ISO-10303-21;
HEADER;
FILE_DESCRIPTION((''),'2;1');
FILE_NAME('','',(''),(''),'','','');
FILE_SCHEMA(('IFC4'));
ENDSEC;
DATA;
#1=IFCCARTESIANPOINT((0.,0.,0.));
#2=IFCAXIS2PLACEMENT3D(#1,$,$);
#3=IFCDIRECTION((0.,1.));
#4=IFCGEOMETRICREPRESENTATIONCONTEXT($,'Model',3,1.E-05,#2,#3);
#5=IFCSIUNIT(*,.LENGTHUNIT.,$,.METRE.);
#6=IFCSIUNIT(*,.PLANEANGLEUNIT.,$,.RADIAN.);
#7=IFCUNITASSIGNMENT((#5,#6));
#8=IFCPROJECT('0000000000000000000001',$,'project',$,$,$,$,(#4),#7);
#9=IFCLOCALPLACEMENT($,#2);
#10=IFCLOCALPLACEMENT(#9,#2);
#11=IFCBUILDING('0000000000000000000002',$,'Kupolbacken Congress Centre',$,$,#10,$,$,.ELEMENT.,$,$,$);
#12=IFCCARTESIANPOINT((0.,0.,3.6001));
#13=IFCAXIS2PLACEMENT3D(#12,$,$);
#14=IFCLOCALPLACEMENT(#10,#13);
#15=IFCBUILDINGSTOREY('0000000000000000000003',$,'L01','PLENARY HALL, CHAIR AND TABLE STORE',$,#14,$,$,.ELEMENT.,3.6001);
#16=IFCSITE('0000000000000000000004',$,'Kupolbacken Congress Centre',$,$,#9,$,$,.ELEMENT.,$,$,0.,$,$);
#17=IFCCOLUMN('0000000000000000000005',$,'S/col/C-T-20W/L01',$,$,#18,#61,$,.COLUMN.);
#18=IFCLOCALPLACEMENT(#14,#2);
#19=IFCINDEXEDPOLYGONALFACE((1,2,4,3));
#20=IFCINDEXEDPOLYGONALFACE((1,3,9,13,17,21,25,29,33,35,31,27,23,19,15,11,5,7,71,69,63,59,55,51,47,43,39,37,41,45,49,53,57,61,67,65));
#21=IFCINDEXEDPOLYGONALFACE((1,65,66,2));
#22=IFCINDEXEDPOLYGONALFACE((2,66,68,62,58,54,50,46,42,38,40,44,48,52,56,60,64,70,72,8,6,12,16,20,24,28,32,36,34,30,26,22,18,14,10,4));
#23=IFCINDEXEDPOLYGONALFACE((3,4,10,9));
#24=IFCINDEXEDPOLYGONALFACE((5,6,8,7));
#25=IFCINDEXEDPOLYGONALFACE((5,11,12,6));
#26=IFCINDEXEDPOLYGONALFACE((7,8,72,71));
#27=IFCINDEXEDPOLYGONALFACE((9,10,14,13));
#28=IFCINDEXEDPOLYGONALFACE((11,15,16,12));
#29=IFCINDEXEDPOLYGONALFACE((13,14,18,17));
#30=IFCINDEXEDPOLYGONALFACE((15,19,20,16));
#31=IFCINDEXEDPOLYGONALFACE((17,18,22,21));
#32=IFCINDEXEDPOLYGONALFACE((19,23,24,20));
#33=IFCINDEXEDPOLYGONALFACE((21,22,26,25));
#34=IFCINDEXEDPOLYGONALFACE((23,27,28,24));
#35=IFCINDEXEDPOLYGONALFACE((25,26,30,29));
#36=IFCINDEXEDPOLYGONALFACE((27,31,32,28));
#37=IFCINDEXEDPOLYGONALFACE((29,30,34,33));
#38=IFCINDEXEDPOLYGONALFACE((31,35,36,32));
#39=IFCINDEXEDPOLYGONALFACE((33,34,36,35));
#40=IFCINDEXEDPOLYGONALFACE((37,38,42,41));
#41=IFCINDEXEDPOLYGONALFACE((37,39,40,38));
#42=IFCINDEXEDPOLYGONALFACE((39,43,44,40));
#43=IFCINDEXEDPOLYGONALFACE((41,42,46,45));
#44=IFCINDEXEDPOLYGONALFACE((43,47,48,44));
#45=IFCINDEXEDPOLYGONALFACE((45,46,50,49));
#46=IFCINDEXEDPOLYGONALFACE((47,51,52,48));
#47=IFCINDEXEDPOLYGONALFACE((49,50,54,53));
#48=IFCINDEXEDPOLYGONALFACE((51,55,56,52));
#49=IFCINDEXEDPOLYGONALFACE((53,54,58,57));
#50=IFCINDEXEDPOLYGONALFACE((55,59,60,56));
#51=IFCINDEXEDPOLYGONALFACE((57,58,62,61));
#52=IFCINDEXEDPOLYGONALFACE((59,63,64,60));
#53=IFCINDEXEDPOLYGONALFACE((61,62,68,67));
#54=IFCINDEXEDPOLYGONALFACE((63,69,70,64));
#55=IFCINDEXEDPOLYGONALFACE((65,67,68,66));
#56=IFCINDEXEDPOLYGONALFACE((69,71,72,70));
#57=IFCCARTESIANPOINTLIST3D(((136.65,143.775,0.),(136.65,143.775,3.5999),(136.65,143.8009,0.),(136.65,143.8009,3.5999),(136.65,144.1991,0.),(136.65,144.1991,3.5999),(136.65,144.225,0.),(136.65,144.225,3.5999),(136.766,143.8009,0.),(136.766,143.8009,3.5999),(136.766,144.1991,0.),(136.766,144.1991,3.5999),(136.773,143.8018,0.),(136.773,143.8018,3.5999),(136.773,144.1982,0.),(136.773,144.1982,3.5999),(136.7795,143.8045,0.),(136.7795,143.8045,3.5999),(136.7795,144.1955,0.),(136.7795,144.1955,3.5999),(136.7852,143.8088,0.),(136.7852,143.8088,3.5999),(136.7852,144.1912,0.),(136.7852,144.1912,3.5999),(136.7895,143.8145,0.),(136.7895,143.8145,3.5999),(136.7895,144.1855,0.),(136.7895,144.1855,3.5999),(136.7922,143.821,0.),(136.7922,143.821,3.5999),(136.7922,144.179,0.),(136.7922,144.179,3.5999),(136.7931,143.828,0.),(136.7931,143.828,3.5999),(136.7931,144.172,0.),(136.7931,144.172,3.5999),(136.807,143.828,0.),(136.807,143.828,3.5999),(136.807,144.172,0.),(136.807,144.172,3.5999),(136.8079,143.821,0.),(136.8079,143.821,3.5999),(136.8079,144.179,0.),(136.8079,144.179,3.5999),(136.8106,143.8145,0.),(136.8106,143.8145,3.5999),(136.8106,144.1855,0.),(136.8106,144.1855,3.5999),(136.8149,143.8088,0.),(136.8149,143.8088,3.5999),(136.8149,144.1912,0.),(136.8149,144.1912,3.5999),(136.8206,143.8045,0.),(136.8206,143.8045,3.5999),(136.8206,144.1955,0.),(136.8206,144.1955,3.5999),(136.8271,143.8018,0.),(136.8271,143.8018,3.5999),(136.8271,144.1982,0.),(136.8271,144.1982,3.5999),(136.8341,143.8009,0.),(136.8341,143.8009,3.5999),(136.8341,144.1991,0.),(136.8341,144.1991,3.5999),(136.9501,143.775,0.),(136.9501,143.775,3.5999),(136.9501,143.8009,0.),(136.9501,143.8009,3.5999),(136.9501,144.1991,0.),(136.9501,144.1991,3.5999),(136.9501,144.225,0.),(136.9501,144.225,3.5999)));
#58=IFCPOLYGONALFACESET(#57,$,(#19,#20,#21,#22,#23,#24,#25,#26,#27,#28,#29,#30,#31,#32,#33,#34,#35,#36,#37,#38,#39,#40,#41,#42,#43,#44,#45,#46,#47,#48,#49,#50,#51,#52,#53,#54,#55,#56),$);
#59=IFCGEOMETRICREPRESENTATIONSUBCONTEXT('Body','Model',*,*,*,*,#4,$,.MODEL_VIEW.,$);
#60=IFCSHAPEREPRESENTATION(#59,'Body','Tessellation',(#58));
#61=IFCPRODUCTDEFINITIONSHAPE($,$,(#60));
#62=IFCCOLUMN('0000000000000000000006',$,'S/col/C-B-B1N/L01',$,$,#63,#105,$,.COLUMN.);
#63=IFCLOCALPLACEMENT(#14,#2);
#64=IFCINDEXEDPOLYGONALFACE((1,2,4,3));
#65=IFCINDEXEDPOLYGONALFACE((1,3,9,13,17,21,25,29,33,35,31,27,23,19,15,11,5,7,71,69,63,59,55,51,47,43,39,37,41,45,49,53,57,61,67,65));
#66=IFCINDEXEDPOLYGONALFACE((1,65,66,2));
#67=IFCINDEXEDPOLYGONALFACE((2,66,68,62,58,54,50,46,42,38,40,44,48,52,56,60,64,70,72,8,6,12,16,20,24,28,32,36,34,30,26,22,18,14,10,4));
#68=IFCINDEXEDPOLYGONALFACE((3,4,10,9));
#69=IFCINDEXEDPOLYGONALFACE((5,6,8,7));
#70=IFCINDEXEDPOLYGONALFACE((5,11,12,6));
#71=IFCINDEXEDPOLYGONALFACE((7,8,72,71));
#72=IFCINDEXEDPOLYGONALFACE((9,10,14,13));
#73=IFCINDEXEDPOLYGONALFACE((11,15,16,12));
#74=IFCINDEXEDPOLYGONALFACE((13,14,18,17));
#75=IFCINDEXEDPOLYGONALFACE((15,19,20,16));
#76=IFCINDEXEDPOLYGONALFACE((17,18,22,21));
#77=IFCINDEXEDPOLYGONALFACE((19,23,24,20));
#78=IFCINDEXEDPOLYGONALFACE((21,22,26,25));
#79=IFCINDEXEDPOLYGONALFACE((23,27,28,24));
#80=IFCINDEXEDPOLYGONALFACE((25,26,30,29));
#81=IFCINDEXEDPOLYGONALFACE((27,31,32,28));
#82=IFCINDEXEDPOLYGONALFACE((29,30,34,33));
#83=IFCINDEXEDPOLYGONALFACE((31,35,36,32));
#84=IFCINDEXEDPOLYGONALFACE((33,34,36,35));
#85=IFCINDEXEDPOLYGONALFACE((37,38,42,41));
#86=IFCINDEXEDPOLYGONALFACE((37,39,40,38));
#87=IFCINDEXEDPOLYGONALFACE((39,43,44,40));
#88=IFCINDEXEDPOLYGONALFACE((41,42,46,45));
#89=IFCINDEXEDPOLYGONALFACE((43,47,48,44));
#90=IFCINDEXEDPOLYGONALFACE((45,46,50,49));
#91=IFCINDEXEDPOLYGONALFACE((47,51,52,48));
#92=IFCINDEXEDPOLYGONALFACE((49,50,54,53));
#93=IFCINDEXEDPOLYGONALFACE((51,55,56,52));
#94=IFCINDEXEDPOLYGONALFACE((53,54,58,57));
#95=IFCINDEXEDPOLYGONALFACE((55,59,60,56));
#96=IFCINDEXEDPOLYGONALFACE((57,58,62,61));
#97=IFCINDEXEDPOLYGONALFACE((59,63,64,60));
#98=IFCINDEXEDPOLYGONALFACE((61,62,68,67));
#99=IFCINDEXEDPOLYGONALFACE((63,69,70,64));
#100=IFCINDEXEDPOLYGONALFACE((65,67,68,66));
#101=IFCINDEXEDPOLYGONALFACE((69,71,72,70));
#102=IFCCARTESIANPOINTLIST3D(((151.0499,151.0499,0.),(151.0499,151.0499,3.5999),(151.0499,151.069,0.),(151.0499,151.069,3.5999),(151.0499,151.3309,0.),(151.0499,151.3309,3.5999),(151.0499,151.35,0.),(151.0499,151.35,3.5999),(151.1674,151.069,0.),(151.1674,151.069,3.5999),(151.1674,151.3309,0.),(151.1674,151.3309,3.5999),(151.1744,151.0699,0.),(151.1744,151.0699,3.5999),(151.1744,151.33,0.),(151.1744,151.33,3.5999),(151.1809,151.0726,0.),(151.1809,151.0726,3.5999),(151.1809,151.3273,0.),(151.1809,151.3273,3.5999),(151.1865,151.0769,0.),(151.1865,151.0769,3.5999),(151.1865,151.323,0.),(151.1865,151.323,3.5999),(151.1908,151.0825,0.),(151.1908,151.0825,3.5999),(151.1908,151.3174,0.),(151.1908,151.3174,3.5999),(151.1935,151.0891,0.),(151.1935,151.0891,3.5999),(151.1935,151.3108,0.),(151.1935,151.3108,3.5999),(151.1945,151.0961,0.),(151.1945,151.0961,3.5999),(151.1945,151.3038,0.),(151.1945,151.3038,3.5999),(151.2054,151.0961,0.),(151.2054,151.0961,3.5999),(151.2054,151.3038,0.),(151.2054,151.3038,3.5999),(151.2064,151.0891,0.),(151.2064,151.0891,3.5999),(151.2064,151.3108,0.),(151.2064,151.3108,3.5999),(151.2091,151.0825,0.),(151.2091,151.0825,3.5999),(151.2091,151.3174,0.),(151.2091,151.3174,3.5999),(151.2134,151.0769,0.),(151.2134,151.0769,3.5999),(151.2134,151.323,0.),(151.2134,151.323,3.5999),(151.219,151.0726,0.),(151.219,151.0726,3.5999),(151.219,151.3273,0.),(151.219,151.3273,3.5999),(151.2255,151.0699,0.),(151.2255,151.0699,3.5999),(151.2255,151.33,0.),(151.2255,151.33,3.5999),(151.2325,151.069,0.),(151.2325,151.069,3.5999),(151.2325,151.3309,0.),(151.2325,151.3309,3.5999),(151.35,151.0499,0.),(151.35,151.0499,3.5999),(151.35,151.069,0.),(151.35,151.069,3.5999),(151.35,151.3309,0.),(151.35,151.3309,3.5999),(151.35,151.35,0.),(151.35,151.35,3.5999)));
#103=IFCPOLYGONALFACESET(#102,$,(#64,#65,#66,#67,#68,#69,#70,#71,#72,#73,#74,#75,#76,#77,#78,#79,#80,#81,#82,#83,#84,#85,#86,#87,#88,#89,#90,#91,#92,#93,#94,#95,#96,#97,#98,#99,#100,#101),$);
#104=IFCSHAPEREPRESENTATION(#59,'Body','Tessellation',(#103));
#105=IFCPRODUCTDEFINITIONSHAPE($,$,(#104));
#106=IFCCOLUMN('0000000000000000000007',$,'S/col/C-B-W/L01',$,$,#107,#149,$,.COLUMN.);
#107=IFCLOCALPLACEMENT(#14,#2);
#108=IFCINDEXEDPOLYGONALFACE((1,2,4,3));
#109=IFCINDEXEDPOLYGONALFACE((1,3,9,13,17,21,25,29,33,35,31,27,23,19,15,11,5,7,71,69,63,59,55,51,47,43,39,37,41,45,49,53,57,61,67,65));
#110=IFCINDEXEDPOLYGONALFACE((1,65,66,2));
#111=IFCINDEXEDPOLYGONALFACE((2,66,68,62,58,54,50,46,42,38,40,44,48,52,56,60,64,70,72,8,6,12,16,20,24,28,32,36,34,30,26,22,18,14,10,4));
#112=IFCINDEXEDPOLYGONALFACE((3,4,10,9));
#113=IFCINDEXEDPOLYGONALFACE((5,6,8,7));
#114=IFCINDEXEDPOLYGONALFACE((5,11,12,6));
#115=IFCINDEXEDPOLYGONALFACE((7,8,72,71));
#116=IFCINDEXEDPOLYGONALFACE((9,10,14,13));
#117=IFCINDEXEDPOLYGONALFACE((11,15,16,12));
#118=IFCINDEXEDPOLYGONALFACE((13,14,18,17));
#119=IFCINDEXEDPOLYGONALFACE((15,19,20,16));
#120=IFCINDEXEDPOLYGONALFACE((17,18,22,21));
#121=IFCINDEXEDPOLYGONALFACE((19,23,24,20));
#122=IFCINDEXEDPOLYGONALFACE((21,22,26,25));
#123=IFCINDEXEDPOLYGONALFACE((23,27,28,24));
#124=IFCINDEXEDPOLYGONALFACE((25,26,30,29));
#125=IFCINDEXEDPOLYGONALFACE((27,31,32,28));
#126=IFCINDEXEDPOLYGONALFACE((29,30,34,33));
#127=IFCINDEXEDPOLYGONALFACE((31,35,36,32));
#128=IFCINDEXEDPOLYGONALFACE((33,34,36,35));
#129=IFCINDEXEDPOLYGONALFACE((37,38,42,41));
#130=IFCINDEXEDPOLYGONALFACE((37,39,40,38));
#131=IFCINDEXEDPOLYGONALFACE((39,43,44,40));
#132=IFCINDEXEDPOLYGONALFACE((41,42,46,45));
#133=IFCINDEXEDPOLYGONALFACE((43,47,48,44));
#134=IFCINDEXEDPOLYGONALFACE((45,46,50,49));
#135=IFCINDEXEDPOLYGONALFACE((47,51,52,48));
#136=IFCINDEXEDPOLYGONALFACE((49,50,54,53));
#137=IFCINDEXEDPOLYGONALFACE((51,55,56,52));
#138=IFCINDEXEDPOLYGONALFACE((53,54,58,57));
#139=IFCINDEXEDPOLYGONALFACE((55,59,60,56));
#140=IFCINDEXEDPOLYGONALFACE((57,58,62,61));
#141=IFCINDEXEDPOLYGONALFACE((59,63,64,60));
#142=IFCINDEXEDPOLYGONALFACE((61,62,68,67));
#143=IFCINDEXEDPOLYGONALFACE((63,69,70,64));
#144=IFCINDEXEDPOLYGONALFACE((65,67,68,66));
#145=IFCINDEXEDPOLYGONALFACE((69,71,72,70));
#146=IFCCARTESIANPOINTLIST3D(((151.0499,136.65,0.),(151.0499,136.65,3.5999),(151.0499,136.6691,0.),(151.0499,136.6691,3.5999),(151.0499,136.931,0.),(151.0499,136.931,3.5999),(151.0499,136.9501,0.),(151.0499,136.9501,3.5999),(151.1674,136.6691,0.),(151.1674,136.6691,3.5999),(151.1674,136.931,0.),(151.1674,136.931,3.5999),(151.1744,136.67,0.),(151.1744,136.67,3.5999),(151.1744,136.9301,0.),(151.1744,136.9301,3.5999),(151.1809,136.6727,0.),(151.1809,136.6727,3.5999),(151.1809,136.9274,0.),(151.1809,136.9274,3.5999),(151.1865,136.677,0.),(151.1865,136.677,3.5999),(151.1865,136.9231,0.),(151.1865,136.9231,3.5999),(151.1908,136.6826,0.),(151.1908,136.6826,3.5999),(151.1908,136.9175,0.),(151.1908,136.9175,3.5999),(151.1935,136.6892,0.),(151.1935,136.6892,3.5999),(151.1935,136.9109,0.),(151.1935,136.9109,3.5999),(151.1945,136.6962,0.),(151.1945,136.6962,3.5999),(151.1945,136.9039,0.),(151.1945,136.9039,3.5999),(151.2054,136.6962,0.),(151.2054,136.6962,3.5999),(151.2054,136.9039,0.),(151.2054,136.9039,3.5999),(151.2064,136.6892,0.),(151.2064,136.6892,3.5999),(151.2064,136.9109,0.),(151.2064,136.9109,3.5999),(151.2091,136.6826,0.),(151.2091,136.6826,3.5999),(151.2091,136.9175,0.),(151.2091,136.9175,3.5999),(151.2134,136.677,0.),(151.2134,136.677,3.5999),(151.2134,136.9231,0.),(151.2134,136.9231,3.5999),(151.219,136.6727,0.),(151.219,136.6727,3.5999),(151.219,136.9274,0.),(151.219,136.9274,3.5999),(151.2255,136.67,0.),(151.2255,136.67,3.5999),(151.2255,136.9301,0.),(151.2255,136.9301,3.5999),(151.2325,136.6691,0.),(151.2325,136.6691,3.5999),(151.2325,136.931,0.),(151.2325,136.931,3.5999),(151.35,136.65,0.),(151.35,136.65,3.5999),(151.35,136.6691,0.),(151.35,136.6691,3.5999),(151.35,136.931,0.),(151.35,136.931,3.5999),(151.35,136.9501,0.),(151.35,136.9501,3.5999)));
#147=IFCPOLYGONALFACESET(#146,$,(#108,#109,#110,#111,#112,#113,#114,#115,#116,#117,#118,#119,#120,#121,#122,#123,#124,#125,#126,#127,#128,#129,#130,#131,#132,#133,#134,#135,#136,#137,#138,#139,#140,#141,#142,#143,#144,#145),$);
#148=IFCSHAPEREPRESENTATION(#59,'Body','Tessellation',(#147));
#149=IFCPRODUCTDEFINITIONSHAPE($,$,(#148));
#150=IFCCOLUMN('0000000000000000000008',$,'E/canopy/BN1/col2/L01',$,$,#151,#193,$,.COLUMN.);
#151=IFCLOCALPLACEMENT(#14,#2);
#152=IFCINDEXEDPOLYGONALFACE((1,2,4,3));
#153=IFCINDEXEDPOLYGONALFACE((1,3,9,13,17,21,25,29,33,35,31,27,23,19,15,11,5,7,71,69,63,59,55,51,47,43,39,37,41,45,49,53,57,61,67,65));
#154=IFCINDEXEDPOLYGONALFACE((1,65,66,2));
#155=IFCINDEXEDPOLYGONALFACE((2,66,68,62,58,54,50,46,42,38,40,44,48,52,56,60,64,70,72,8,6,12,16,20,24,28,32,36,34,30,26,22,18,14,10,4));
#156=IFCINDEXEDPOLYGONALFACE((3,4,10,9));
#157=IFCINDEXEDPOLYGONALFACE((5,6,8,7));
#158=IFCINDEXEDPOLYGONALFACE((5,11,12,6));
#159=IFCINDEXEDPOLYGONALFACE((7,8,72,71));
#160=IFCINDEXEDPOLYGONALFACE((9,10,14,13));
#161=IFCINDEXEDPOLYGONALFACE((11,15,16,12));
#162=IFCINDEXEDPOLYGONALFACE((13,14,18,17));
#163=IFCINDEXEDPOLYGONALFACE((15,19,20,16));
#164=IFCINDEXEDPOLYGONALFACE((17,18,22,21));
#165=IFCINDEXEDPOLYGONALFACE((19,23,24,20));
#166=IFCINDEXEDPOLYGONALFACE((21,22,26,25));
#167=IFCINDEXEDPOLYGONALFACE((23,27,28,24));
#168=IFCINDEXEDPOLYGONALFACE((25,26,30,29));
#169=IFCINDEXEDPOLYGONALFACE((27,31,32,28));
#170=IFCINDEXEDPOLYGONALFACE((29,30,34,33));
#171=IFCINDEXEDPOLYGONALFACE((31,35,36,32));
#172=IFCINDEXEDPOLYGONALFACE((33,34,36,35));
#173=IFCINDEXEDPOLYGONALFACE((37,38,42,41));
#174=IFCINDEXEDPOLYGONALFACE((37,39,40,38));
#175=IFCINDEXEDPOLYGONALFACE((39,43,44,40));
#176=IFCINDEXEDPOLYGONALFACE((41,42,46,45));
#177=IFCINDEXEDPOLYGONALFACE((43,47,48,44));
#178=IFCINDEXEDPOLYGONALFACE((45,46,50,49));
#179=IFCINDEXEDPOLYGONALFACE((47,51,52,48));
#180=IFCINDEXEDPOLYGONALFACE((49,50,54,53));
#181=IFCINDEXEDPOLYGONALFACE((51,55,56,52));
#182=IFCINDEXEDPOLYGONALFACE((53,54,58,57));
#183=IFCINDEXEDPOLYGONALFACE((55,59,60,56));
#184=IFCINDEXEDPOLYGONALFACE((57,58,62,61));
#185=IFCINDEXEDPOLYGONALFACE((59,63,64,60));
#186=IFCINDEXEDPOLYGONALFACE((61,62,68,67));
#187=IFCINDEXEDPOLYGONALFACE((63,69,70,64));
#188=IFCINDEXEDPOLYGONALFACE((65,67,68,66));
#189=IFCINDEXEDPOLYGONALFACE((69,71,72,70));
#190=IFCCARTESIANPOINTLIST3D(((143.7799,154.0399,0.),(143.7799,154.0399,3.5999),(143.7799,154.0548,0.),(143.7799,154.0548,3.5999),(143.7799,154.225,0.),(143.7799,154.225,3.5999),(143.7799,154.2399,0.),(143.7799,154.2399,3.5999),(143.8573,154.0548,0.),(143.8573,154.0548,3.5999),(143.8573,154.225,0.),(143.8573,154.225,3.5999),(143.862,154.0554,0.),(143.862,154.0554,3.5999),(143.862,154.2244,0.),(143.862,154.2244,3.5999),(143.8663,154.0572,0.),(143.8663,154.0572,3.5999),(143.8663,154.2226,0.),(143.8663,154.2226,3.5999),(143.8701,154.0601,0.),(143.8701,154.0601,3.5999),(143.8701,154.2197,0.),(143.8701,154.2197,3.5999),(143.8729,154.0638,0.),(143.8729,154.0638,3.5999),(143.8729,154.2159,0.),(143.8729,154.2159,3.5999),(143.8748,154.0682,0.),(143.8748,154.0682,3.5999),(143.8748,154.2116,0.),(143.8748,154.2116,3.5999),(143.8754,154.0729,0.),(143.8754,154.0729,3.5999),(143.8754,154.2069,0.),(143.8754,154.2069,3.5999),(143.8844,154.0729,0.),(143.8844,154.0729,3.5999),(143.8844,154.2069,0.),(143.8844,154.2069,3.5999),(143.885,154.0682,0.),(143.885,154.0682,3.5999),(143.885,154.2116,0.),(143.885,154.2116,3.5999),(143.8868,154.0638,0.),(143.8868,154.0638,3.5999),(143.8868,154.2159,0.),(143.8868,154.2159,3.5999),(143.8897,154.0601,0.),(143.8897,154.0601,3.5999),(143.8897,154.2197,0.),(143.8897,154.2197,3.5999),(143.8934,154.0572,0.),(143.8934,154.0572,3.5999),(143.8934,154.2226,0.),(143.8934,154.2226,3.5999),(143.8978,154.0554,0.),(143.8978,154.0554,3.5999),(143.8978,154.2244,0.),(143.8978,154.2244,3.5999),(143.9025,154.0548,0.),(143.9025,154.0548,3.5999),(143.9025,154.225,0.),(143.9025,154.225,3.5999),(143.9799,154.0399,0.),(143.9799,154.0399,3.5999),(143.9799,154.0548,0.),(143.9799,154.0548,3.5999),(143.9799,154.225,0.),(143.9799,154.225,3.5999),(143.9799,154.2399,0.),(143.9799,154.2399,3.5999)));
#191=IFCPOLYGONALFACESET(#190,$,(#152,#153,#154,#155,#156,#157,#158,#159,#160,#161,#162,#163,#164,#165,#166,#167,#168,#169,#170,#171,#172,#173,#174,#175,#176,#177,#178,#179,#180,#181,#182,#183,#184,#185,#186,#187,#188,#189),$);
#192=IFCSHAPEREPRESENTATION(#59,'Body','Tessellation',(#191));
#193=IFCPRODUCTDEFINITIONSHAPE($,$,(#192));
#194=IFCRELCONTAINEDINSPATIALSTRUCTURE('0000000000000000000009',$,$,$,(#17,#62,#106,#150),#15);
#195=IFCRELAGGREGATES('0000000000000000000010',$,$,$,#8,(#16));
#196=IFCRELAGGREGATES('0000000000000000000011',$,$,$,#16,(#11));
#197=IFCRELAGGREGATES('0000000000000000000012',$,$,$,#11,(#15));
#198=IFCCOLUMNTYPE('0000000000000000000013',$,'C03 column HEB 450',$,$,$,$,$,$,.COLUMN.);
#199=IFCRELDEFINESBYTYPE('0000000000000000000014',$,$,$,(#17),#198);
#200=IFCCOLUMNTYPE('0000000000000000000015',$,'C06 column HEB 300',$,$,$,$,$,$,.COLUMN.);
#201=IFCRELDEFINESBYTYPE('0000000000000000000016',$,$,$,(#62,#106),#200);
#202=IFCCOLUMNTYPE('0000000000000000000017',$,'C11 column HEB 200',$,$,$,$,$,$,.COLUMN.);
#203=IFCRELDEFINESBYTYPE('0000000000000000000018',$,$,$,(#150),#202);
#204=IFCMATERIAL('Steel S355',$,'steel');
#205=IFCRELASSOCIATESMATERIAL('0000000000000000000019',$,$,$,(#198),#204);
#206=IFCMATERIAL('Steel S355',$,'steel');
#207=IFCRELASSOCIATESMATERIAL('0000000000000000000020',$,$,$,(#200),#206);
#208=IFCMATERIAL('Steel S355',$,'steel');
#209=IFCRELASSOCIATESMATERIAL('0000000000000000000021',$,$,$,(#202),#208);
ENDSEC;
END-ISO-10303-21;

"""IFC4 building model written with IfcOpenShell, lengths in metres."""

from ifc_helpers import new_model, si_unit, direction, frame, origin, origin_2d, place, context, subcontext, project, spatial, i_section, extrude, material, material_profile, profile_set, type_object, element, save


model = new_model("IFC4")

# Units and contexts
model_context = context("Model", 3, precision=1e-05, world=origin(), true_north=direction((0.0, 1.0)))
body_context = subcontext(model_context, "Body", "Model", "MODEL_VIEW")
ifc_project = project(units=[si_unit("LENGTHUNIT", "METRE"), si_unit("PLANEANGLEUNIT", "RADIAN")], contexts=[model_context])

# Site, building, storey
site_placement = place(None, origin())
site = spatial("IfcSite", under=ifc_project, at=site_placement, Name="Kupolbacken Congress Centre", CompositionType="ELEMENT", RefElevation=0.0)
building_placement = place(site_placement, origin())
building = spatial("IfcBuilding", under=site, at=building_placement, Name="Kupolbacken Congress Centre", CompositionType="ELEMENT")
storey_placement = place(building_placement, frame((0.0, 0.0, 3.6001)))
storey = spatial("IfcBuildingStorey", under=building, at=storey_placement, Name="L01", Description="PLENARY HALL, CHAIR AND TABLE STORE", CompositionType="ELEMENT", Elevation=3.6001)

# Columns
ifc_material_1 = material(Name="Steel S355", Category="steel")
ifc_material_profile_1 = material_profile(ifc_material_1, i_section(OverallWidth=0.3, OverallDepth=0.45, WebThickness=0.0139, FlangeThickness=0.0259, FilletRadius=0.0271, at=origin_2d()), Name="HEB 450")
ifc_profile_set_1 = profile_set([ifc_material_profile_1], Name="Steel S355")
column_type_1 = type_object("IfcColumnType", Name="C03 column HEB 450", PredefinedType="COLUMN", material=ifc_profile_set_1)
for number, where, z_axis, x_axis, name in (
    (1, (136.8, 144.0, 0.0), (0.0, 0.0, 1.0), (1.0, 0.0, 0.0), "S/col/C-T-20W/L01"),
):
    element("IfcColumn", number, at=place(storey_placement, frame(where, z_axis=z_axis, x_axis=x_axis)), inside=storey, type_object=column_type_1, Name=name, PredefinedType="COLUMN", context=body_context, shape_type="SweptSolid", body=[
        extrude(i_section(OverallWidth=0.3, OverallDepth=0.45, WebThickness=0.0139, FlangeThickness=0.0259, FilletRadius=0.0271, at=origin_2d()), origin(), (0.0, 0.0, 1.0), 3.5999),
    ])
ifc_material_2 = material(Name="Steel S355", Category="steel")
ifc_material_profile_2 = material_profile(ifc_material_2, i_section(OverallWidth=0.3, OverallDepth=0.3, WebThickness=0.011, FlangeThickness=0.019, FilletRadius=0.0271, at=origin_2d()), Name="HEB 300")
ifc_profile_set_2 = profile_set([ifc_material_profile_2], Name="Steel S355")
column_type_2 = type_object("IfcColumnType", Name="C06 column HEB 300", PredefinedType="COLUMN", material=ifc_profile_set_2)
for number, where, z_axis, x_axis, name in (
    (2, (151.2, 151.2, 0.0), (0.0, 0.0, 1.0), (1.0, 0.0, 0.0), "S/col/C-B-B1N/L01"),
    (3, (151.2, 136.8, 0.0), (0.0, 0.0, 1.0), (1.0, 0.0, 0.0), "S/col/C-B-W/L01"),
):
    element("IfcColumn", number, at=place(storey_placement, frame(where, z_axis=z_axis, x_axis=x_axis)), inside=storey, type_object=column_type_2, Name=name, PredefinedType="COLUMN", context=body_context, shape_type="SweptSolid", body=[
        extrude(i_section(OverallWidth=0.3, OverallDepth=0.3, WebThickness=0.011, FlangeThickness=0.019, FilletRadius=0.0271, at=origin_2d()), origin(), (0.0, 0.0, 1.0), 3.5999),
    ])
ifc_material_3 = material(Name="Steel S355", Category="steel")
ifc_material_profile_3 = material_profile(ifc_material_3, i_section(OverallWidth=0.2, OverallDepth=0.2, WebThickness=0.009, FlangeThickness=0.0149, FilletRadius=0.0181, at=origin_2d()), Name="HEB 200")
ifc_profile_set_3 = profile_set([ifc_material_profile_3], Name="Steel S355")
column_type_3 = type_object("IfcColumnType", Name="C11 column HEB 200", PredefinedType="COLUMN", material=ifc_profile_set_3)
column_placement = place(storey_placement, frame((143.8799, 154.1399, 0.0), z_axis=(0.0, 0.0, 1.0), x_axis=(1.0, 0.0, 0.0)))
element("IfcColumn", 4, at=column_placement, inside=storey, type_object=column_type_3, Name="E/canopy/BN1/col2/L01", PredefinedType="COLUMN", context=body_context, shape_type="SweptSolid", body=[
    extrude(i_section(OverallWidth=0.2, OverallDepth=0.2, WebThickness=0.009, FlangeThickness=0.0149, FilletRadius=0.0181, at=origin_2d()), origin(), (0.0, 0.0, 1.0), 3.5999),
])

save(model, "model.ifc")
